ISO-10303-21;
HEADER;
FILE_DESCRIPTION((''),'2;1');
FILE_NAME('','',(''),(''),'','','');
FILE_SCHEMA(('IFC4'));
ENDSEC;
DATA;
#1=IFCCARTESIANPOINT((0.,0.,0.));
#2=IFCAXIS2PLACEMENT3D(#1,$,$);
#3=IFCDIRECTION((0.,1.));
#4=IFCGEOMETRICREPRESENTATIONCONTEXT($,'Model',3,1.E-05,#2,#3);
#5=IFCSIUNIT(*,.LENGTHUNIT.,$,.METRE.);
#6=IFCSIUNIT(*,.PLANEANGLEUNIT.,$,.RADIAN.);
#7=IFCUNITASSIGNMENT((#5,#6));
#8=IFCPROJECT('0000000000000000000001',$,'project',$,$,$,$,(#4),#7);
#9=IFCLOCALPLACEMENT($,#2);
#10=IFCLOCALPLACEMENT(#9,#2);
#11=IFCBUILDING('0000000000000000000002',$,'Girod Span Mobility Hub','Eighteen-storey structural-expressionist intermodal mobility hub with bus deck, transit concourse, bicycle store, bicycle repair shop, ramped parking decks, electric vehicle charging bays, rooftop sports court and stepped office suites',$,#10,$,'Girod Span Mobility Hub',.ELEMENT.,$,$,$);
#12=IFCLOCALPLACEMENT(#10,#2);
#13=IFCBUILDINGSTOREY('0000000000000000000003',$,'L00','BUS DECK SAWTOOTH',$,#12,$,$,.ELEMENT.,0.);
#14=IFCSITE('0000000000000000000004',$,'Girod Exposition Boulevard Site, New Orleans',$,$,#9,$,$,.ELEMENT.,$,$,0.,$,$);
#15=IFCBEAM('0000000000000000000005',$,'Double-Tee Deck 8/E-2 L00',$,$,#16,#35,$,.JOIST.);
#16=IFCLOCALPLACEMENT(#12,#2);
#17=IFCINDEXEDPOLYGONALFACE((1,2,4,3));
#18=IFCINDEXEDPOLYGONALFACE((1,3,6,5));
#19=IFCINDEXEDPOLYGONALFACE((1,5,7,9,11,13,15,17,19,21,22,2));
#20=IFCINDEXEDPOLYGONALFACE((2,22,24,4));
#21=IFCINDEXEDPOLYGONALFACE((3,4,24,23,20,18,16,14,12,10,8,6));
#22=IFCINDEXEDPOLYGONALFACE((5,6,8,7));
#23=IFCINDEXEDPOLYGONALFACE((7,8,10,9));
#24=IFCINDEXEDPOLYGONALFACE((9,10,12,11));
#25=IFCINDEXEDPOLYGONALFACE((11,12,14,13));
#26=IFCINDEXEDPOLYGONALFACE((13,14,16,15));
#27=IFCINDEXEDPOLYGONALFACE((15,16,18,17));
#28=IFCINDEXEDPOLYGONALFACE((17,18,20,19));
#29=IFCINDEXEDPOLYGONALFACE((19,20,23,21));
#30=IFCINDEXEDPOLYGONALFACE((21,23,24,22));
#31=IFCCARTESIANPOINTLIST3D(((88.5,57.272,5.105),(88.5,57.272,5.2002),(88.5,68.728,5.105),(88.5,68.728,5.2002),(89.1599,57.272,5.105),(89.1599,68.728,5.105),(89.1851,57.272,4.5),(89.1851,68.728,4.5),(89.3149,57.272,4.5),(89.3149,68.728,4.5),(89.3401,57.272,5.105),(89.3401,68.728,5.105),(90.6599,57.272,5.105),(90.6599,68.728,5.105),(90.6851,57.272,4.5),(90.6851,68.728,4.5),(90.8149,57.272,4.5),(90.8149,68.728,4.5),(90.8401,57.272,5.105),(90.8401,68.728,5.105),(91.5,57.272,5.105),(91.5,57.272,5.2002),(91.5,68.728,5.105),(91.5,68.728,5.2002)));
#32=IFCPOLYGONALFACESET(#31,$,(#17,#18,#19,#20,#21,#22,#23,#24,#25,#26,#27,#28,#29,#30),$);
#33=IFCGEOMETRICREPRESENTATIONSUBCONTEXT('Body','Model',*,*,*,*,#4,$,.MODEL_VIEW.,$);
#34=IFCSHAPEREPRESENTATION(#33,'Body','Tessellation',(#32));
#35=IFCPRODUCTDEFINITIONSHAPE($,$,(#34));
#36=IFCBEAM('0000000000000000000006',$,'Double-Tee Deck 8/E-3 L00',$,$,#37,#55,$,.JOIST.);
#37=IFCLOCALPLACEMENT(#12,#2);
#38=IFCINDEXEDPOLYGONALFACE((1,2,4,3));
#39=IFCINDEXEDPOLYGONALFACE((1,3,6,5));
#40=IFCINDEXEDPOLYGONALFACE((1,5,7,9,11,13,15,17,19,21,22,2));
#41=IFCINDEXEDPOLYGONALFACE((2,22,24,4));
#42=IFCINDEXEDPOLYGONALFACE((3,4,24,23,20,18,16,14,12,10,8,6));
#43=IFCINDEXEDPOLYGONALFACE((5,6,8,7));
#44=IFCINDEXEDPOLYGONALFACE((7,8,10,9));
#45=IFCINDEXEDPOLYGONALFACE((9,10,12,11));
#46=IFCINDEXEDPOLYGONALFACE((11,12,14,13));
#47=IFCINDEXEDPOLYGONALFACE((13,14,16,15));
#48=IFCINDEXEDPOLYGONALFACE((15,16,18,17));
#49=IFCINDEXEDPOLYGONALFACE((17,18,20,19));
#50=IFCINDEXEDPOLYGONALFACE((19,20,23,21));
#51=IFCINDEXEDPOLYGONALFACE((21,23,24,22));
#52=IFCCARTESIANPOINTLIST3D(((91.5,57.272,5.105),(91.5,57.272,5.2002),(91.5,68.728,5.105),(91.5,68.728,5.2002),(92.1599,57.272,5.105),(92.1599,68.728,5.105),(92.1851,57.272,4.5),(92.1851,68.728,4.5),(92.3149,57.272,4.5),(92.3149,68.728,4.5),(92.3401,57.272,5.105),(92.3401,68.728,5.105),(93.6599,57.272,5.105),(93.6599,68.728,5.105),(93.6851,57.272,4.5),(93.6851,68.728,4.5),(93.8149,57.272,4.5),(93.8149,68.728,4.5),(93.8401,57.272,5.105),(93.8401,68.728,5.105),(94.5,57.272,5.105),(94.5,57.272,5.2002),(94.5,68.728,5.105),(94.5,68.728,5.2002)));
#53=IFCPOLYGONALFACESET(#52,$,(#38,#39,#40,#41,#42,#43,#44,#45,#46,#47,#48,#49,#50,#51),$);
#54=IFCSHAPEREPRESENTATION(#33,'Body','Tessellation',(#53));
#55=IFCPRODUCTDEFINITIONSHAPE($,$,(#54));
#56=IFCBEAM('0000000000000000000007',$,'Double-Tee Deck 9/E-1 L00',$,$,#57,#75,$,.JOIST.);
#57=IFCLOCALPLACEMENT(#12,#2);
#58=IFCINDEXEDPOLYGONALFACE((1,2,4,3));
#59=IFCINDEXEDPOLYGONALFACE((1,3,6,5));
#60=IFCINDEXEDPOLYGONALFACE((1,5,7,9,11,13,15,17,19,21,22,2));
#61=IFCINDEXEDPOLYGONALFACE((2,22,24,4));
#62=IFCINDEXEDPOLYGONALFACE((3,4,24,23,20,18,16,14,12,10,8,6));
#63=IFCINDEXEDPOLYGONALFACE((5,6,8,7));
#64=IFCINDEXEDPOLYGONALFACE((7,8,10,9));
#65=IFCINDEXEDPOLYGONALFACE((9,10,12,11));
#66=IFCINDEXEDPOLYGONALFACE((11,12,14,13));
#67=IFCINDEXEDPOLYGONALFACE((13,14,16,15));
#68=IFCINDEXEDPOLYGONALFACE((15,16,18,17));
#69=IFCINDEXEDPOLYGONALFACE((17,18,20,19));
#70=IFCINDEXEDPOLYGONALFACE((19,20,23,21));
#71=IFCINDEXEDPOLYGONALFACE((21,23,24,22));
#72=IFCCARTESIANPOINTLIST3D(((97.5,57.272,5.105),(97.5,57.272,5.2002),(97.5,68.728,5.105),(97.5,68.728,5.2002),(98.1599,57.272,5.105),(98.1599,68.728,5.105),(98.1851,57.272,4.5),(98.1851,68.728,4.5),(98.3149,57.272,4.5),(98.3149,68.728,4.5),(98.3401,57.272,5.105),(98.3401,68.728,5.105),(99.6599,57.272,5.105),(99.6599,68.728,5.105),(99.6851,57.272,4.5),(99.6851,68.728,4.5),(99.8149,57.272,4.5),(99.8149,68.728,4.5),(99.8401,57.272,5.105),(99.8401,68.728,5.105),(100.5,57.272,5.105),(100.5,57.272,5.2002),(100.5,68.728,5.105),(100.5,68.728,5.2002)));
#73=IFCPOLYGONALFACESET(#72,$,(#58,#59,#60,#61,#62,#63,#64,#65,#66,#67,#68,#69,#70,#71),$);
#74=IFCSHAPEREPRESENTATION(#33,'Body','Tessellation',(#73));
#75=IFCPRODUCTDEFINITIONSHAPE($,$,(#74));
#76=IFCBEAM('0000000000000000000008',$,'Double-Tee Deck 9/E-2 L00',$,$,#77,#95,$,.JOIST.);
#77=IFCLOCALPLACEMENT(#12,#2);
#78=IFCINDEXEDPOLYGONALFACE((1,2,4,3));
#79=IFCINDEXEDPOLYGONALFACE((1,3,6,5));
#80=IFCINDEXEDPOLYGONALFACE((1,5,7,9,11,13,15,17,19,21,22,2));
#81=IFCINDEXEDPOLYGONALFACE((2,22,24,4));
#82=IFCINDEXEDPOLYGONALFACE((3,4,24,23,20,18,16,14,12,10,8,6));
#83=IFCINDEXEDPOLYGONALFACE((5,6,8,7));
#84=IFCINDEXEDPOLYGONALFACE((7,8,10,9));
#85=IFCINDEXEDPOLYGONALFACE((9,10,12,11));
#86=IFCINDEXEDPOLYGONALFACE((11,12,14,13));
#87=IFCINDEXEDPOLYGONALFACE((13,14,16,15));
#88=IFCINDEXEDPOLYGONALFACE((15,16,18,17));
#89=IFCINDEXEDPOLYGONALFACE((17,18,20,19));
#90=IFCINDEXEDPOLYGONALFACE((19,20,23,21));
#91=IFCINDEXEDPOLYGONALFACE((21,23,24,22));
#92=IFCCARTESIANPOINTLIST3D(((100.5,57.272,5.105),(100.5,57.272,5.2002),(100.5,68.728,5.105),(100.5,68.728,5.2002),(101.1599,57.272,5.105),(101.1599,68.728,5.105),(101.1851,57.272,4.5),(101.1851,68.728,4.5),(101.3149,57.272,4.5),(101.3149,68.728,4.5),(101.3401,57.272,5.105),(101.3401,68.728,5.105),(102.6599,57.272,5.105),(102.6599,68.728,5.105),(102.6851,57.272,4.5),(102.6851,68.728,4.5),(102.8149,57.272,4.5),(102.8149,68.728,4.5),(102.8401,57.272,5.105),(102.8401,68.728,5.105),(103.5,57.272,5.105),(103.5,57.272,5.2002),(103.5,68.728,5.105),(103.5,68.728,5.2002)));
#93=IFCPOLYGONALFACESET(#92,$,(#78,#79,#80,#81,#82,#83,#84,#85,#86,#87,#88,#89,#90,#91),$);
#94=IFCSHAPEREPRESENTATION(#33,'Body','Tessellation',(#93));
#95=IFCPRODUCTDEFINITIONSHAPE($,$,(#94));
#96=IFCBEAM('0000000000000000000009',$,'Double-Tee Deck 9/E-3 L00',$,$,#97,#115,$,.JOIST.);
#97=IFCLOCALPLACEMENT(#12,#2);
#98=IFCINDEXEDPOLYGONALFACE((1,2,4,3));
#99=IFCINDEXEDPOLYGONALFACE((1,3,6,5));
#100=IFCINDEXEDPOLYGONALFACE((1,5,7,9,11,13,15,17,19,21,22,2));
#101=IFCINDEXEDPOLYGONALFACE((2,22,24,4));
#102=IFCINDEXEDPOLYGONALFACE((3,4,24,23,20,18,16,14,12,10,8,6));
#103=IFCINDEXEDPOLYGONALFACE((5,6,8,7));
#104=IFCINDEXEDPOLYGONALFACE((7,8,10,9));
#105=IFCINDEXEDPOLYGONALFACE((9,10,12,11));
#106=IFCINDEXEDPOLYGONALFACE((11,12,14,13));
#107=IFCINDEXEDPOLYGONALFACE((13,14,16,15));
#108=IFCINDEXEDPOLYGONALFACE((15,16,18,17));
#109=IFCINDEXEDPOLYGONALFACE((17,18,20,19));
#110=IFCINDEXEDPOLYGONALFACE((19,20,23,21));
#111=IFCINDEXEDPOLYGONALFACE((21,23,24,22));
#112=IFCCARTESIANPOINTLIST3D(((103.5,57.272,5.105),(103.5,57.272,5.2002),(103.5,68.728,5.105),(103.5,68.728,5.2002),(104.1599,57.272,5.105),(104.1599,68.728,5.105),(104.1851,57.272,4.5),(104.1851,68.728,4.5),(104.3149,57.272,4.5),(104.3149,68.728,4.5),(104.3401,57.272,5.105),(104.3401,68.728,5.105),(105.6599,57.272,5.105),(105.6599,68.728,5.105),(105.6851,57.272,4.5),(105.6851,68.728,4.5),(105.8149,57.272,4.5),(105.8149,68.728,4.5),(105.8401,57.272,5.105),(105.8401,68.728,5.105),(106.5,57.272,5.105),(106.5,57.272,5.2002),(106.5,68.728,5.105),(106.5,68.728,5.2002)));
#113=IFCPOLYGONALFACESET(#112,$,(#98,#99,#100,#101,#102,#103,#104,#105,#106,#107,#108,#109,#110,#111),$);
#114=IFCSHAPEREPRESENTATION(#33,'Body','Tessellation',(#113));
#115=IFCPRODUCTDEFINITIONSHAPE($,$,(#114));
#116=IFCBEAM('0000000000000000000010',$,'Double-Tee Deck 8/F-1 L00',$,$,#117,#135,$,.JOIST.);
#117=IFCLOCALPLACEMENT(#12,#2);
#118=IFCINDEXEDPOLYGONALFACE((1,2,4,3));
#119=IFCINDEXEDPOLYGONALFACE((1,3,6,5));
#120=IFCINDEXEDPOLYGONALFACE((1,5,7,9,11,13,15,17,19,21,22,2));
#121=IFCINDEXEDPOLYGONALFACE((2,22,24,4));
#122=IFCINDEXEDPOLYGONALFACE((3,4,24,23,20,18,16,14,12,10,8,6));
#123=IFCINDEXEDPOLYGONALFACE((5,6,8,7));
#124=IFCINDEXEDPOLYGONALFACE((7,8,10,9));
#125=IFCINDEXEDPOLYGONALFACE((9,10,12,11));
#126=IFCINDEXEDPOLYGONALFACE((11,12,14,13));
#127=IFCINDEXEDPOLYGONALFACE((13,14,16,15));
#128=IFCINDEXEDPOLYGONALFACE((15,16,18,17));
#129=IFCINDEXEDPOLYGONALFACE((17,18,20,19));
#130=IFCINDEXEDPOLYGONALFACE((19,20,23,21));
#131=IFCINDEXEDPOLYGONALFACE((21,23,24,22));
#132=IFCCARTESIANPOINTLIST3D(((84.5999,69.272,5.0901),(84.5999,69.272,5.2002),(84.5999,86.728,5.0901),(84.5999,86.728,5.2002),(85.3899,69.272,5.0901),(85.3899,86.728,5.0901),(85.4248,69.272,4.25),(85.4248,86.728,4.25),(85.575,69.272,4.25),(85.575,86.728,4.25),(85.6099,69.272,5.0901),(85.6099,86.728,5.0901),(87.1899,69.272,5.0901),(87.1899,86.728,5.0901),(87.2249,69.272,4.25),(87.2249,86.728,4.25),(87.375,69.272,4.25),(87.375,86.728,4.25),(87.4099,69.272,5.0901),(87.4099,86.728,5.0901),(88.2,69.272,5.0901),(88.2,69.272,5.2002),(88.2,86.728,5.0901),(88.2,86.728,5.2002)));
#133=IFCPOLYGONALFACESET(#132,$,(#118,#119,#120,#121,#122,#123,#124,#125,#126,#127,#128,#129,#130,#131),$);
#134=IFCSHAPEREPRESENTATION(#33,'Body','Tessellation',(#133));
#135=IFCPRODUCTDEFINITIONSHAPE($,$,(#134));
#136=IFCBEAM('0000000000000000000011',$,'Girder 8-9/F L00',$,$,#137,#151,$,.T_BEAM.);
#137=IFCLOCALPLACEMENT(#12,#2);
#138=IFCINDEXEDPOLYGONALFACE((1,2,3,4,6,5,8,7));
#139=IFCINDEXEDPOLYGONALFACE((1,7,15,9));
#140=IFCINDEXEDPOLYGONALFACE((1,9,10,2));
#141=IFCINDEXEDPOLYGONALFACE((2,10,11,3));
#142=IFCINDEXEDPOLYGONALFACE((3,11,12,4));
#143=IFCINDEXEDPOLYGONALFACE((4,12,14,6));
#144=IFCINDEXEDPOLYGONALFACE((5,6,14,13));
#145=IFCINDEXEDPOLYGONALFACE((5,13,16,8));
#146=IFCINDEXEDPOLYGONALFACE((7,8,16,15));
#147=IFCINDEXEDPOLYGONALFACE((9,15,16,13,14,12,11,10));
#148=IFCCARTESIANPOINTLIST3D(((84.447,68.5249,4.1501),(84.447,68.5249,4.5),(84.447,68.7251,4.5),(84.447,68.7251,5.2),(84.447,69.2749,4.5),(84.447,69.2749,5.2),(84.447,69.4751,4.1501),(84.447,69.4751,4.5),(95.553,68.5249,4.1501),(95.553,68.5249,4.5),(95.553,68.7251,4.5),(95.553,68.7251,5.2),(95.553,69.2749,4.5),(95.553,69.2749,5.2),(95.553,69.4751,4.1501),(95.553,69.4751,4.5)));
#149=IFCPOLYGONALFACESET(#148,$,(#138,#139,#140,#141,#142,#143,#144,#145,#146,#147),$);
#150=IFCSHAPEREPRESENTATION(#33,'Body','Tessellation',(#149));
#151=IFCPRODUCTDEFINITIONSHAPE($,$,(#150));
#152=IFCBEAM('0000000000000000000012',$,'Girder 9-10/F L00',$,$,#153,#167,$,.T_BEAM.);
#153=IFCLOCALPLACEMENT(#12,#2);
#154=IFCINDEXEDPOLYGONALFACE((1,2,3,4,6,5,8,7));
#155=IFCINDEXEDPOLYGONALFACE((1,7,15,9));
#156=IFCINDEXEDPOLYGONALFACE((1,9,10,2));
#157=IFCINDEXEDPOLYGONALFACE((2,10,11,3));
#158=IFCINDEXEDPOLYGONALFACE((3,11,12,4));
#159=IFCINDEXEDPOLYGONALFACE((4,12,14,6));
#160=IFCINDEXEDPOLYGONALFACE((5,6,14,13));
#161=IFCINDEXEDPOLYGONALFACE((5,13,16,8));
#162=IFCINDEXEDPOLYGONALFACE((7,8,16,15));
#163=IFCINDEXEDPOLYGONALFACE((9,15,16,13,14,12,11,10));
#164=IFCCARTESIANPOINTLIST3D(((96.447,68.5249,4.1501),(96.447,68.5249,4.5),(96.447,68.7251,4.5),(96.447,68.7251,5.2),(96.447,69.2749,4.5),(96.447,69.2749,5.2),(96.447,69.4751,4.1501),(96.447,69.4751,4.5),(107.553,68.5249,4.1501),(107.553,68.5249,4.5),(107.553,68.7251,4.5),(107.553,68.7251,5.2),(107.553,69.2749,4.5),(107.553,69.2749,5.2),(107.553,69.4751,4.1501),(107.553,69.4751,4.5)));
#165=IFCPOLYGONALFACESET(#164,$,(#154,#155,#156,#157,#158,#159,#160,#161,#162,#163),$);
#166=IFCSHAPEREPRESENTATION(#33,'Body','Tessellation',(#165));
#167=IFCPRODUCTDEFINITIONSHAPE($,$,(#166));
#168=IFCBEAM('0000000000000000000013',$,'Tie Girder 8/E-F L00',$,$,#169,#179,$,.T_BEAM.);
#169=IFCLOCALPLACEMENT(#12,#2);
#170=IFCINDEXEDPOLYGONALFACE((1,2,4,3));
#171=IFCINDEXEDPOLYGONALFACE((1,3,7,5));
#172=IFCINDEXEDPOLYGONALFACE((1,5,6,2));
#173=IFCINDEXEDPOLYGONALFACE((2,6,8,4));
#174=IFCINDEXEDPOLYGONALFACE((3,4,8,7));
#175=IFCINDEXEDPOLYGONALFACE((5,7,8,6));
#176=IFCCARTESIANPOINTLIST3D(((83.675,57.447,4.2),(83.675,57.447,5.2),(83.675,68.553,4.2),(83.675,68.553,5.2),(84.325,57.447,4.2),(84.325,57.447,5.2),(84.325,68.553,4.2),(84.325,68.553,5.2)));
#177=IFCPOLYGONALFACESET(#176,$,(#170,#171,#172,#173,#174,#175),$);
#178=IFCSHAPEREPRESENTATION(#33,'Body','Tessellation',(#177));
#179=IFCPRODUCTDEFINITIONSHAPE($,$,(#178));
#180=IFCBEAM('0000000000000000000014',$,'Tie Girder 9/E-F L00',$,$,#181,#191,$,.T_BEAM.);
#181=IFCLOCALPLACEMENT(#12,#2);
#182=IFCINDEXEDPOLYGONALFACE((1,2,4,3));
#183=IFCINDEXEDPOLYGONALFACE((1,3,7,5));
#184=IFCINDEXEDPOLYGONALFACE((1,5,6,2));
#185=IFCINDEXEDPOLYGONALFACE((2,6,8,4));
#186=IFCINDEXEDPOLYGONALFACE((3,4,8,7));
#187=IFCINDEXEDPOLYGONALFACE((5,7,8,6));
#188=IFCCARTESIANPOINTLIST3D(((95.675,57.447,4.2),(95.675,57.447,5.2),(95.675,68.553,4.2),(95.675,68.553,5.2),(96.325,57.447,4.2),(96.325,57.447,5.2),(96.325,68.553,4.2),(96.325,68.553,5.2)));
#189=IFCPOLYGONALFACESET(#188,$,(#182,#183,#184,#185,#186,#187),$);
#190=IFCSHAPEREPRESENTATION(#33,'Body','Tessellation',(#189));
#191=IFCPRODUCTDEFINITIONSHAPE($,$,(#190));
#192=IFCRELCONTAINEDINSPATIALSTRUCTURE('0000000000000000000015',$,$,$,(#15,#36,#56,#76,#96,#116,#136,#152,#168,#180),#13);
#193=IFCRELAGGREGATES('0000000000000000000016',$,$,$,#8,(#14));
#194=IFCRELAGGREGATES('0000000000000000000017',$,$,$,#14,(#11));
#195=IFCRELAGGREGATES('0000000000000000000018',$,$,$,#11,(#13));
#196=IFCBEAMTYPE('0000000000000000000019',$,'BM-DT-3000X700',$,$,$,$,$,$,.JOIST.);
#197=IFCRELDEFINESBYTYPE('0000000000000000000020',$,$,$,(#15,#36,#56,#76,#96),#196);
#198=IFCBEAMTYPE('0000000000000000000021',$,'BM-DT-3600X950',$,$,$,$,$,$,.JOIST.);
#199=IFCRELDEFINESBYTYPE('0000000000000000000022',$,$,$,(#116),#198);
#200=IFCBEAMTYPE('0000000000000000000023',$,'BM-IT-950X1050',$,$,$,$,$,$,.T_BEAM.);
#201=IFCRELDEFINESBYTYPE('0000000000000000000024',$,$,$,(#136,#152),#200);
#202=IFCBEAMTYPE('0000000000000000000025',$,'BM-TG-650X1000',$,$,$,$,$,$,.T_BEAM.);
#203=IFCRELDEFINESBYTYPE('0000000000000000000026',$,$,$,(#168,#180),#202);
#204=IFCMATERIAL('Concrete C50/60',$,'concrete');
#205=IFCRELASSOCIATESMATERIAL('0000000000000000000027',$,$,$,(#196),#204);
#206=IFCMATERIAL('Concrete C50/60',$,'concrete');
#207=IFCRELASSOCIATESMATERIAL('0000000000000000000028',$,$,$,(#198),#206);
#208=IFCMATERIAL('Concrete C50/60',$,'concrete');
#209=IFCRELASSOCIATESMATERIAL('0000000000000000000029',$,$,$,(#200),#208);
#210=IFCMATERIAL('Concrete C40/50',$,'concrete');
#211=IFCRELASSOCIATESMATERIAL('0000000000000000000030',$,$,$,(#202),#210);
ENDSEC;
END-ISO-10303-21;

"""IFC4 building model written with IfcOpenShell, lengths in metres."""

from ifc_helpers import new_model, si_unit, direction, frame, origin, origin_2d, place, context, subcontext, project, spatial, polyline, rectangle, outline, extrude, material, material_profile, profile_set, type_object, element, save


model = new_model("IFC4")

# Units and contexts
model_context = context("Model", 3, precision=1e-05, world=origin(), true_north=direction((0.0, 1.0)))
body_context = subcontext(model_context, "Body", "Model", "MODEL_VIEW")
ifc_project = project(units=[si_unit("LENGTHUNIT", "METRE"), si_unit("PLANEANGLEUNIT", "RADIAN")], contexts=[model_context])

# Site, building, storey
site_placement = place(None, origin())
site = spatial("IfcSite", under=ifc_project, at=site_placement, Name="Girod Exposition Boulevard Site, New Orleans", CompositionType="ELEMENT", RefElevation=0.0)
building_placement = place(site_placement, origin())
building = spatial("IfcBuilding", under=site, at=building_placement, Name="Girod Span Mobility Hub", Description="Eighteen-storey structural-expressionist intermodal mobility hub with bus deck, transit concourse, bicycle store, bicycle repair shop, ramped parking decks, electric vehicle charging bays, rooftop sports court and stepped office suites", LongName="Girod Span Mobility Hub", CompositionType="ELEMENT")
storey_placement = place(building_placement, origin())
storey = spatial("IfcBuildingStorey", under=building, at=storey_placement, Name="L00", Description="BUS DECK SAWTOOTH", CompositionType="ELEMENT", Elevation=0.0)

# Beams
ifc_material_1 = material(Name="Concrete C50/60", Category="concrete")
ifc_material_profile_1 = material_profile(ifc_material_1, outline(polyline([(-1.5, 0.3501), (-1.5, 0.2549), (-0.8401, 0.2549), (-0.8149, -0.3501), (-0.6851, -0.3501), (-0.6599, 0.2549), (0.6599, 0.2549), (0.6851, -0.3501), (0.8149, -0.3501), (0.8401, 0.2549), (1.5, 0.2549), (1.5, 0.3501), (-1.5, 0.3501)])), Name="DT-3000X700")
ifc_profile_set_1 = profile_set([ifc_material_profile_1], Name="Concrete C50/60")
beam_type_1 = type_object("IfcBeamType", Name="BM-DT-3000X700", PredefinedType="JOIST", material=ifc_profile_set_1)
for number, where, z_axis, x_axis, name in (
    (1, (90.0, 57.272, 4.8501), (0.0, 1.0, 0.0), (-1.0, 0.0, 0.0), "Double-Tee Deck 8/E-2 L00"),
    (2, (93.0, 57.272, 4.8501), (0.0, 1.0, 0.0), (-1.0, 0.0, 0.0), "Double-Tee Deck 8/E-3 L00"),
    (3, (99.0, 57.272, 4.8501), (0.0, 1.0, 0.0), (-1.0, 0.0, 0.0), "Double-Tee Deck 9/E-1 L00"),
    (4, (102.0, 57.272, 4.8501), (0.0, 1.0, 0.0), (-1.0, 0.0, 0.0), "Double-Tee Deck 9/E-2 L00"),
    (5, (105.0, 57.272, 4.8501), (0.0, 1.0, 0.0), (-1.0, 0.0, 0.0), "Double-Tee Deck 9/E-3 L00"),
):
    element("IfcBeam", number, at=place(storey_placement, frame(where, z_axis=z_axis, x_axis=x_axis)), inside=storey, type_object=beam_type_1, Name=name, PredefinedType="JOIST", context=body_context, shape_type="SweptSolid", body=[
        extrude(outline(polyline([(-1.5, 0.3501), (-1.5, 0.2549), (-0.8401, 0.2549), (-0.8149, -0.3501), (-0.6851, -0.3501), (-0.6599, 0.2549), (0.6599, 0.2549), (0.6851, -0.3501), (0.8149, -0.3501), (0.8401, 0.2549), (1.5, 0.2549), (1.5, 0.3501), (-1.5, 0.3501)])), origin(), (0.0, 0.0, 1.0), 11.4561),
    ])
ifc_material_2 = material(Name="Concrete C50/60", Category="concrete")
ifc_material_profile_2 = material_profile(ifc_material_2, outline(polyline([(-1.8, 0.4751), (-1.8, 0.365), (-1.01, 0.365), (-0.9751, -0.4751), (-0.825, -0.4751), (-0.79, 0.365), (0.79, 0.365), (0.825, -0.4751), (0.9751, -0.4751), (1.01, 0.365), (1.8, 0.365), (1.8, 0.4751), (-1.8, 0.4751)])), Name="DT-3600X950")
ifc_profile_set_2 = profile_set([ifc_material_profile_2], Name="Concrete C50/60")
beam_type_2 = type_object("IfcBeamType", Name="BM-DT-3600X950", PredefinedType="JOIST", material=ifc_profile_set_2)
beam_placement = place(storey_placement, frame((86.3999, 69.272, 4.7251), z_axis=(0.0, 1.0, 0.0), x_axis=(-1.0, 0.0, 0.0)))
element("IfcBeam", 6, at=beam_placement, inside=storey, type_object=beam_type_2, Name="Double-Tee Deck 8/F-1 L00", PredefinedType="JOIST", context=body_context, shape_type="SweptSolid", body=[
    extrude(outline(polyline([(-1.8, 0.4751), (-1.8, 0.365), (-1.01, 0.365), (-0.9751, -0.4751), (-0.825, -0.4751), (-0.79, 0.365), (0.79, 0.365), (0.825, -0.4751), (0.9751, -0.4751), (1.01, 0.365), (1.8, 0.365), (1.8, 0.4751), (-1.8, 0.4751)])), origin(), (0.0, 0.0, 1.0), 17.4561),
])
ifc_material_3 = material(Name="Concrete C50/60", Category="concrete")
ifc_material_profile_3 = material_profile(ifc_material_3, outline(polyline([(-0.4751, -0.5249), (0.4751, -0.5249), (0.4751, -0.175), (0.2749, -0.175), (0.2749, 0.5249), (-0.2749, 0.5249), (-0.2749, -0.175), (-0.4751, -0.175), (-0.4751, -0.5249)])), Name="IT-950X1050")
ifc_profile_set_3 = profile_set([ifc_material_profile_3], Name="Concrete C50/60")
beam_type_3 = type_object("IfcBeamType", Name="BM-IT-950X1050", PredefinedType="T_BEAM", material=ifc_profile_set_3)
for number, where, z_axis, x_axis, name in (
    (7, (84.447, 69.0, 4.675), (1.0, 0.0, 0.0), (0.0, 1.0, 0.0), "Girder 8-9/F L00"),
    (8, (96.447, 69.0, 4.675), (1.0, 0.0, 0.0), (0.0, 1.0, 0.0), "Girder 9-10/F L00"),
):
    element("IfcBeam", number, at=place(storey_placement, frame(where, z_axis=z_axis, x_axis=x_axis)), inside=storey, type_object=beam_type_3, Name=name, PredefinedType="T_BEAM", context=body_context, shape_type="SweptSolid", body=[
        extrude(outline(polyline([(-0.4751, -0.5249), (0.4751, -0.5249), (0.4751, -0.175), (0.2749, -0.175), (0.2749, 0.5249), (-0.2749, 0.5249), (-0.2749, -0.175), (-0.4751, -0.175), (-0.4751, -0.5249)])), origin(), (0.0, 0.0, 1.0), 11.106),
    ])
ifc_material_4 = material(Name="Concrete C40/50", Category="concrete")
ifc_material_profile_4 = material_profile(ifc_material_4, rectangle(XDim=0.6499, YDim=1.0, at=origin_2d()), Name="TG-650X1000")
ifc_profile_set_4 = profile_set([ifc_material_profile_4], Name="Concrete C40/50")
beam_type_4 = type_object("IfcBeamType", Name="BM-TG-650X1000", PredefinedType="T_BEAM", material=ifc_profile_set_4)
for number, where, z_axis, x_axis, name in (
    (9, (84.0, 57.447, 4.7), (0.0, 1.0, 0.0), (-1.0, 0.0, 0.0), "Tie Girder 8/E-F L00"),
    (10, (96.0, 57.447, 4.7), (0.0, 1.0, 0.0), (-1.0, 0.0, 0.0), "Tie Girder 9/E-F L00"),
):
    element("IfcBeam", number, at=place(storey_placement, frame(where, z_axis=z_axis, x_axis=x_axis)), inside=storey, type_object=beam_type_4, Name=name, PredefinedType="T_BEAM", context=body_context, shape_type="SweptSolid", body=[
        extrude(rectangle(XDim=0.6499, YDim=1.0, at=origin_2d()), origin(), (0.0, 0.0, 1.0), 11.106),
    ])

save(model, "model.ifc")
